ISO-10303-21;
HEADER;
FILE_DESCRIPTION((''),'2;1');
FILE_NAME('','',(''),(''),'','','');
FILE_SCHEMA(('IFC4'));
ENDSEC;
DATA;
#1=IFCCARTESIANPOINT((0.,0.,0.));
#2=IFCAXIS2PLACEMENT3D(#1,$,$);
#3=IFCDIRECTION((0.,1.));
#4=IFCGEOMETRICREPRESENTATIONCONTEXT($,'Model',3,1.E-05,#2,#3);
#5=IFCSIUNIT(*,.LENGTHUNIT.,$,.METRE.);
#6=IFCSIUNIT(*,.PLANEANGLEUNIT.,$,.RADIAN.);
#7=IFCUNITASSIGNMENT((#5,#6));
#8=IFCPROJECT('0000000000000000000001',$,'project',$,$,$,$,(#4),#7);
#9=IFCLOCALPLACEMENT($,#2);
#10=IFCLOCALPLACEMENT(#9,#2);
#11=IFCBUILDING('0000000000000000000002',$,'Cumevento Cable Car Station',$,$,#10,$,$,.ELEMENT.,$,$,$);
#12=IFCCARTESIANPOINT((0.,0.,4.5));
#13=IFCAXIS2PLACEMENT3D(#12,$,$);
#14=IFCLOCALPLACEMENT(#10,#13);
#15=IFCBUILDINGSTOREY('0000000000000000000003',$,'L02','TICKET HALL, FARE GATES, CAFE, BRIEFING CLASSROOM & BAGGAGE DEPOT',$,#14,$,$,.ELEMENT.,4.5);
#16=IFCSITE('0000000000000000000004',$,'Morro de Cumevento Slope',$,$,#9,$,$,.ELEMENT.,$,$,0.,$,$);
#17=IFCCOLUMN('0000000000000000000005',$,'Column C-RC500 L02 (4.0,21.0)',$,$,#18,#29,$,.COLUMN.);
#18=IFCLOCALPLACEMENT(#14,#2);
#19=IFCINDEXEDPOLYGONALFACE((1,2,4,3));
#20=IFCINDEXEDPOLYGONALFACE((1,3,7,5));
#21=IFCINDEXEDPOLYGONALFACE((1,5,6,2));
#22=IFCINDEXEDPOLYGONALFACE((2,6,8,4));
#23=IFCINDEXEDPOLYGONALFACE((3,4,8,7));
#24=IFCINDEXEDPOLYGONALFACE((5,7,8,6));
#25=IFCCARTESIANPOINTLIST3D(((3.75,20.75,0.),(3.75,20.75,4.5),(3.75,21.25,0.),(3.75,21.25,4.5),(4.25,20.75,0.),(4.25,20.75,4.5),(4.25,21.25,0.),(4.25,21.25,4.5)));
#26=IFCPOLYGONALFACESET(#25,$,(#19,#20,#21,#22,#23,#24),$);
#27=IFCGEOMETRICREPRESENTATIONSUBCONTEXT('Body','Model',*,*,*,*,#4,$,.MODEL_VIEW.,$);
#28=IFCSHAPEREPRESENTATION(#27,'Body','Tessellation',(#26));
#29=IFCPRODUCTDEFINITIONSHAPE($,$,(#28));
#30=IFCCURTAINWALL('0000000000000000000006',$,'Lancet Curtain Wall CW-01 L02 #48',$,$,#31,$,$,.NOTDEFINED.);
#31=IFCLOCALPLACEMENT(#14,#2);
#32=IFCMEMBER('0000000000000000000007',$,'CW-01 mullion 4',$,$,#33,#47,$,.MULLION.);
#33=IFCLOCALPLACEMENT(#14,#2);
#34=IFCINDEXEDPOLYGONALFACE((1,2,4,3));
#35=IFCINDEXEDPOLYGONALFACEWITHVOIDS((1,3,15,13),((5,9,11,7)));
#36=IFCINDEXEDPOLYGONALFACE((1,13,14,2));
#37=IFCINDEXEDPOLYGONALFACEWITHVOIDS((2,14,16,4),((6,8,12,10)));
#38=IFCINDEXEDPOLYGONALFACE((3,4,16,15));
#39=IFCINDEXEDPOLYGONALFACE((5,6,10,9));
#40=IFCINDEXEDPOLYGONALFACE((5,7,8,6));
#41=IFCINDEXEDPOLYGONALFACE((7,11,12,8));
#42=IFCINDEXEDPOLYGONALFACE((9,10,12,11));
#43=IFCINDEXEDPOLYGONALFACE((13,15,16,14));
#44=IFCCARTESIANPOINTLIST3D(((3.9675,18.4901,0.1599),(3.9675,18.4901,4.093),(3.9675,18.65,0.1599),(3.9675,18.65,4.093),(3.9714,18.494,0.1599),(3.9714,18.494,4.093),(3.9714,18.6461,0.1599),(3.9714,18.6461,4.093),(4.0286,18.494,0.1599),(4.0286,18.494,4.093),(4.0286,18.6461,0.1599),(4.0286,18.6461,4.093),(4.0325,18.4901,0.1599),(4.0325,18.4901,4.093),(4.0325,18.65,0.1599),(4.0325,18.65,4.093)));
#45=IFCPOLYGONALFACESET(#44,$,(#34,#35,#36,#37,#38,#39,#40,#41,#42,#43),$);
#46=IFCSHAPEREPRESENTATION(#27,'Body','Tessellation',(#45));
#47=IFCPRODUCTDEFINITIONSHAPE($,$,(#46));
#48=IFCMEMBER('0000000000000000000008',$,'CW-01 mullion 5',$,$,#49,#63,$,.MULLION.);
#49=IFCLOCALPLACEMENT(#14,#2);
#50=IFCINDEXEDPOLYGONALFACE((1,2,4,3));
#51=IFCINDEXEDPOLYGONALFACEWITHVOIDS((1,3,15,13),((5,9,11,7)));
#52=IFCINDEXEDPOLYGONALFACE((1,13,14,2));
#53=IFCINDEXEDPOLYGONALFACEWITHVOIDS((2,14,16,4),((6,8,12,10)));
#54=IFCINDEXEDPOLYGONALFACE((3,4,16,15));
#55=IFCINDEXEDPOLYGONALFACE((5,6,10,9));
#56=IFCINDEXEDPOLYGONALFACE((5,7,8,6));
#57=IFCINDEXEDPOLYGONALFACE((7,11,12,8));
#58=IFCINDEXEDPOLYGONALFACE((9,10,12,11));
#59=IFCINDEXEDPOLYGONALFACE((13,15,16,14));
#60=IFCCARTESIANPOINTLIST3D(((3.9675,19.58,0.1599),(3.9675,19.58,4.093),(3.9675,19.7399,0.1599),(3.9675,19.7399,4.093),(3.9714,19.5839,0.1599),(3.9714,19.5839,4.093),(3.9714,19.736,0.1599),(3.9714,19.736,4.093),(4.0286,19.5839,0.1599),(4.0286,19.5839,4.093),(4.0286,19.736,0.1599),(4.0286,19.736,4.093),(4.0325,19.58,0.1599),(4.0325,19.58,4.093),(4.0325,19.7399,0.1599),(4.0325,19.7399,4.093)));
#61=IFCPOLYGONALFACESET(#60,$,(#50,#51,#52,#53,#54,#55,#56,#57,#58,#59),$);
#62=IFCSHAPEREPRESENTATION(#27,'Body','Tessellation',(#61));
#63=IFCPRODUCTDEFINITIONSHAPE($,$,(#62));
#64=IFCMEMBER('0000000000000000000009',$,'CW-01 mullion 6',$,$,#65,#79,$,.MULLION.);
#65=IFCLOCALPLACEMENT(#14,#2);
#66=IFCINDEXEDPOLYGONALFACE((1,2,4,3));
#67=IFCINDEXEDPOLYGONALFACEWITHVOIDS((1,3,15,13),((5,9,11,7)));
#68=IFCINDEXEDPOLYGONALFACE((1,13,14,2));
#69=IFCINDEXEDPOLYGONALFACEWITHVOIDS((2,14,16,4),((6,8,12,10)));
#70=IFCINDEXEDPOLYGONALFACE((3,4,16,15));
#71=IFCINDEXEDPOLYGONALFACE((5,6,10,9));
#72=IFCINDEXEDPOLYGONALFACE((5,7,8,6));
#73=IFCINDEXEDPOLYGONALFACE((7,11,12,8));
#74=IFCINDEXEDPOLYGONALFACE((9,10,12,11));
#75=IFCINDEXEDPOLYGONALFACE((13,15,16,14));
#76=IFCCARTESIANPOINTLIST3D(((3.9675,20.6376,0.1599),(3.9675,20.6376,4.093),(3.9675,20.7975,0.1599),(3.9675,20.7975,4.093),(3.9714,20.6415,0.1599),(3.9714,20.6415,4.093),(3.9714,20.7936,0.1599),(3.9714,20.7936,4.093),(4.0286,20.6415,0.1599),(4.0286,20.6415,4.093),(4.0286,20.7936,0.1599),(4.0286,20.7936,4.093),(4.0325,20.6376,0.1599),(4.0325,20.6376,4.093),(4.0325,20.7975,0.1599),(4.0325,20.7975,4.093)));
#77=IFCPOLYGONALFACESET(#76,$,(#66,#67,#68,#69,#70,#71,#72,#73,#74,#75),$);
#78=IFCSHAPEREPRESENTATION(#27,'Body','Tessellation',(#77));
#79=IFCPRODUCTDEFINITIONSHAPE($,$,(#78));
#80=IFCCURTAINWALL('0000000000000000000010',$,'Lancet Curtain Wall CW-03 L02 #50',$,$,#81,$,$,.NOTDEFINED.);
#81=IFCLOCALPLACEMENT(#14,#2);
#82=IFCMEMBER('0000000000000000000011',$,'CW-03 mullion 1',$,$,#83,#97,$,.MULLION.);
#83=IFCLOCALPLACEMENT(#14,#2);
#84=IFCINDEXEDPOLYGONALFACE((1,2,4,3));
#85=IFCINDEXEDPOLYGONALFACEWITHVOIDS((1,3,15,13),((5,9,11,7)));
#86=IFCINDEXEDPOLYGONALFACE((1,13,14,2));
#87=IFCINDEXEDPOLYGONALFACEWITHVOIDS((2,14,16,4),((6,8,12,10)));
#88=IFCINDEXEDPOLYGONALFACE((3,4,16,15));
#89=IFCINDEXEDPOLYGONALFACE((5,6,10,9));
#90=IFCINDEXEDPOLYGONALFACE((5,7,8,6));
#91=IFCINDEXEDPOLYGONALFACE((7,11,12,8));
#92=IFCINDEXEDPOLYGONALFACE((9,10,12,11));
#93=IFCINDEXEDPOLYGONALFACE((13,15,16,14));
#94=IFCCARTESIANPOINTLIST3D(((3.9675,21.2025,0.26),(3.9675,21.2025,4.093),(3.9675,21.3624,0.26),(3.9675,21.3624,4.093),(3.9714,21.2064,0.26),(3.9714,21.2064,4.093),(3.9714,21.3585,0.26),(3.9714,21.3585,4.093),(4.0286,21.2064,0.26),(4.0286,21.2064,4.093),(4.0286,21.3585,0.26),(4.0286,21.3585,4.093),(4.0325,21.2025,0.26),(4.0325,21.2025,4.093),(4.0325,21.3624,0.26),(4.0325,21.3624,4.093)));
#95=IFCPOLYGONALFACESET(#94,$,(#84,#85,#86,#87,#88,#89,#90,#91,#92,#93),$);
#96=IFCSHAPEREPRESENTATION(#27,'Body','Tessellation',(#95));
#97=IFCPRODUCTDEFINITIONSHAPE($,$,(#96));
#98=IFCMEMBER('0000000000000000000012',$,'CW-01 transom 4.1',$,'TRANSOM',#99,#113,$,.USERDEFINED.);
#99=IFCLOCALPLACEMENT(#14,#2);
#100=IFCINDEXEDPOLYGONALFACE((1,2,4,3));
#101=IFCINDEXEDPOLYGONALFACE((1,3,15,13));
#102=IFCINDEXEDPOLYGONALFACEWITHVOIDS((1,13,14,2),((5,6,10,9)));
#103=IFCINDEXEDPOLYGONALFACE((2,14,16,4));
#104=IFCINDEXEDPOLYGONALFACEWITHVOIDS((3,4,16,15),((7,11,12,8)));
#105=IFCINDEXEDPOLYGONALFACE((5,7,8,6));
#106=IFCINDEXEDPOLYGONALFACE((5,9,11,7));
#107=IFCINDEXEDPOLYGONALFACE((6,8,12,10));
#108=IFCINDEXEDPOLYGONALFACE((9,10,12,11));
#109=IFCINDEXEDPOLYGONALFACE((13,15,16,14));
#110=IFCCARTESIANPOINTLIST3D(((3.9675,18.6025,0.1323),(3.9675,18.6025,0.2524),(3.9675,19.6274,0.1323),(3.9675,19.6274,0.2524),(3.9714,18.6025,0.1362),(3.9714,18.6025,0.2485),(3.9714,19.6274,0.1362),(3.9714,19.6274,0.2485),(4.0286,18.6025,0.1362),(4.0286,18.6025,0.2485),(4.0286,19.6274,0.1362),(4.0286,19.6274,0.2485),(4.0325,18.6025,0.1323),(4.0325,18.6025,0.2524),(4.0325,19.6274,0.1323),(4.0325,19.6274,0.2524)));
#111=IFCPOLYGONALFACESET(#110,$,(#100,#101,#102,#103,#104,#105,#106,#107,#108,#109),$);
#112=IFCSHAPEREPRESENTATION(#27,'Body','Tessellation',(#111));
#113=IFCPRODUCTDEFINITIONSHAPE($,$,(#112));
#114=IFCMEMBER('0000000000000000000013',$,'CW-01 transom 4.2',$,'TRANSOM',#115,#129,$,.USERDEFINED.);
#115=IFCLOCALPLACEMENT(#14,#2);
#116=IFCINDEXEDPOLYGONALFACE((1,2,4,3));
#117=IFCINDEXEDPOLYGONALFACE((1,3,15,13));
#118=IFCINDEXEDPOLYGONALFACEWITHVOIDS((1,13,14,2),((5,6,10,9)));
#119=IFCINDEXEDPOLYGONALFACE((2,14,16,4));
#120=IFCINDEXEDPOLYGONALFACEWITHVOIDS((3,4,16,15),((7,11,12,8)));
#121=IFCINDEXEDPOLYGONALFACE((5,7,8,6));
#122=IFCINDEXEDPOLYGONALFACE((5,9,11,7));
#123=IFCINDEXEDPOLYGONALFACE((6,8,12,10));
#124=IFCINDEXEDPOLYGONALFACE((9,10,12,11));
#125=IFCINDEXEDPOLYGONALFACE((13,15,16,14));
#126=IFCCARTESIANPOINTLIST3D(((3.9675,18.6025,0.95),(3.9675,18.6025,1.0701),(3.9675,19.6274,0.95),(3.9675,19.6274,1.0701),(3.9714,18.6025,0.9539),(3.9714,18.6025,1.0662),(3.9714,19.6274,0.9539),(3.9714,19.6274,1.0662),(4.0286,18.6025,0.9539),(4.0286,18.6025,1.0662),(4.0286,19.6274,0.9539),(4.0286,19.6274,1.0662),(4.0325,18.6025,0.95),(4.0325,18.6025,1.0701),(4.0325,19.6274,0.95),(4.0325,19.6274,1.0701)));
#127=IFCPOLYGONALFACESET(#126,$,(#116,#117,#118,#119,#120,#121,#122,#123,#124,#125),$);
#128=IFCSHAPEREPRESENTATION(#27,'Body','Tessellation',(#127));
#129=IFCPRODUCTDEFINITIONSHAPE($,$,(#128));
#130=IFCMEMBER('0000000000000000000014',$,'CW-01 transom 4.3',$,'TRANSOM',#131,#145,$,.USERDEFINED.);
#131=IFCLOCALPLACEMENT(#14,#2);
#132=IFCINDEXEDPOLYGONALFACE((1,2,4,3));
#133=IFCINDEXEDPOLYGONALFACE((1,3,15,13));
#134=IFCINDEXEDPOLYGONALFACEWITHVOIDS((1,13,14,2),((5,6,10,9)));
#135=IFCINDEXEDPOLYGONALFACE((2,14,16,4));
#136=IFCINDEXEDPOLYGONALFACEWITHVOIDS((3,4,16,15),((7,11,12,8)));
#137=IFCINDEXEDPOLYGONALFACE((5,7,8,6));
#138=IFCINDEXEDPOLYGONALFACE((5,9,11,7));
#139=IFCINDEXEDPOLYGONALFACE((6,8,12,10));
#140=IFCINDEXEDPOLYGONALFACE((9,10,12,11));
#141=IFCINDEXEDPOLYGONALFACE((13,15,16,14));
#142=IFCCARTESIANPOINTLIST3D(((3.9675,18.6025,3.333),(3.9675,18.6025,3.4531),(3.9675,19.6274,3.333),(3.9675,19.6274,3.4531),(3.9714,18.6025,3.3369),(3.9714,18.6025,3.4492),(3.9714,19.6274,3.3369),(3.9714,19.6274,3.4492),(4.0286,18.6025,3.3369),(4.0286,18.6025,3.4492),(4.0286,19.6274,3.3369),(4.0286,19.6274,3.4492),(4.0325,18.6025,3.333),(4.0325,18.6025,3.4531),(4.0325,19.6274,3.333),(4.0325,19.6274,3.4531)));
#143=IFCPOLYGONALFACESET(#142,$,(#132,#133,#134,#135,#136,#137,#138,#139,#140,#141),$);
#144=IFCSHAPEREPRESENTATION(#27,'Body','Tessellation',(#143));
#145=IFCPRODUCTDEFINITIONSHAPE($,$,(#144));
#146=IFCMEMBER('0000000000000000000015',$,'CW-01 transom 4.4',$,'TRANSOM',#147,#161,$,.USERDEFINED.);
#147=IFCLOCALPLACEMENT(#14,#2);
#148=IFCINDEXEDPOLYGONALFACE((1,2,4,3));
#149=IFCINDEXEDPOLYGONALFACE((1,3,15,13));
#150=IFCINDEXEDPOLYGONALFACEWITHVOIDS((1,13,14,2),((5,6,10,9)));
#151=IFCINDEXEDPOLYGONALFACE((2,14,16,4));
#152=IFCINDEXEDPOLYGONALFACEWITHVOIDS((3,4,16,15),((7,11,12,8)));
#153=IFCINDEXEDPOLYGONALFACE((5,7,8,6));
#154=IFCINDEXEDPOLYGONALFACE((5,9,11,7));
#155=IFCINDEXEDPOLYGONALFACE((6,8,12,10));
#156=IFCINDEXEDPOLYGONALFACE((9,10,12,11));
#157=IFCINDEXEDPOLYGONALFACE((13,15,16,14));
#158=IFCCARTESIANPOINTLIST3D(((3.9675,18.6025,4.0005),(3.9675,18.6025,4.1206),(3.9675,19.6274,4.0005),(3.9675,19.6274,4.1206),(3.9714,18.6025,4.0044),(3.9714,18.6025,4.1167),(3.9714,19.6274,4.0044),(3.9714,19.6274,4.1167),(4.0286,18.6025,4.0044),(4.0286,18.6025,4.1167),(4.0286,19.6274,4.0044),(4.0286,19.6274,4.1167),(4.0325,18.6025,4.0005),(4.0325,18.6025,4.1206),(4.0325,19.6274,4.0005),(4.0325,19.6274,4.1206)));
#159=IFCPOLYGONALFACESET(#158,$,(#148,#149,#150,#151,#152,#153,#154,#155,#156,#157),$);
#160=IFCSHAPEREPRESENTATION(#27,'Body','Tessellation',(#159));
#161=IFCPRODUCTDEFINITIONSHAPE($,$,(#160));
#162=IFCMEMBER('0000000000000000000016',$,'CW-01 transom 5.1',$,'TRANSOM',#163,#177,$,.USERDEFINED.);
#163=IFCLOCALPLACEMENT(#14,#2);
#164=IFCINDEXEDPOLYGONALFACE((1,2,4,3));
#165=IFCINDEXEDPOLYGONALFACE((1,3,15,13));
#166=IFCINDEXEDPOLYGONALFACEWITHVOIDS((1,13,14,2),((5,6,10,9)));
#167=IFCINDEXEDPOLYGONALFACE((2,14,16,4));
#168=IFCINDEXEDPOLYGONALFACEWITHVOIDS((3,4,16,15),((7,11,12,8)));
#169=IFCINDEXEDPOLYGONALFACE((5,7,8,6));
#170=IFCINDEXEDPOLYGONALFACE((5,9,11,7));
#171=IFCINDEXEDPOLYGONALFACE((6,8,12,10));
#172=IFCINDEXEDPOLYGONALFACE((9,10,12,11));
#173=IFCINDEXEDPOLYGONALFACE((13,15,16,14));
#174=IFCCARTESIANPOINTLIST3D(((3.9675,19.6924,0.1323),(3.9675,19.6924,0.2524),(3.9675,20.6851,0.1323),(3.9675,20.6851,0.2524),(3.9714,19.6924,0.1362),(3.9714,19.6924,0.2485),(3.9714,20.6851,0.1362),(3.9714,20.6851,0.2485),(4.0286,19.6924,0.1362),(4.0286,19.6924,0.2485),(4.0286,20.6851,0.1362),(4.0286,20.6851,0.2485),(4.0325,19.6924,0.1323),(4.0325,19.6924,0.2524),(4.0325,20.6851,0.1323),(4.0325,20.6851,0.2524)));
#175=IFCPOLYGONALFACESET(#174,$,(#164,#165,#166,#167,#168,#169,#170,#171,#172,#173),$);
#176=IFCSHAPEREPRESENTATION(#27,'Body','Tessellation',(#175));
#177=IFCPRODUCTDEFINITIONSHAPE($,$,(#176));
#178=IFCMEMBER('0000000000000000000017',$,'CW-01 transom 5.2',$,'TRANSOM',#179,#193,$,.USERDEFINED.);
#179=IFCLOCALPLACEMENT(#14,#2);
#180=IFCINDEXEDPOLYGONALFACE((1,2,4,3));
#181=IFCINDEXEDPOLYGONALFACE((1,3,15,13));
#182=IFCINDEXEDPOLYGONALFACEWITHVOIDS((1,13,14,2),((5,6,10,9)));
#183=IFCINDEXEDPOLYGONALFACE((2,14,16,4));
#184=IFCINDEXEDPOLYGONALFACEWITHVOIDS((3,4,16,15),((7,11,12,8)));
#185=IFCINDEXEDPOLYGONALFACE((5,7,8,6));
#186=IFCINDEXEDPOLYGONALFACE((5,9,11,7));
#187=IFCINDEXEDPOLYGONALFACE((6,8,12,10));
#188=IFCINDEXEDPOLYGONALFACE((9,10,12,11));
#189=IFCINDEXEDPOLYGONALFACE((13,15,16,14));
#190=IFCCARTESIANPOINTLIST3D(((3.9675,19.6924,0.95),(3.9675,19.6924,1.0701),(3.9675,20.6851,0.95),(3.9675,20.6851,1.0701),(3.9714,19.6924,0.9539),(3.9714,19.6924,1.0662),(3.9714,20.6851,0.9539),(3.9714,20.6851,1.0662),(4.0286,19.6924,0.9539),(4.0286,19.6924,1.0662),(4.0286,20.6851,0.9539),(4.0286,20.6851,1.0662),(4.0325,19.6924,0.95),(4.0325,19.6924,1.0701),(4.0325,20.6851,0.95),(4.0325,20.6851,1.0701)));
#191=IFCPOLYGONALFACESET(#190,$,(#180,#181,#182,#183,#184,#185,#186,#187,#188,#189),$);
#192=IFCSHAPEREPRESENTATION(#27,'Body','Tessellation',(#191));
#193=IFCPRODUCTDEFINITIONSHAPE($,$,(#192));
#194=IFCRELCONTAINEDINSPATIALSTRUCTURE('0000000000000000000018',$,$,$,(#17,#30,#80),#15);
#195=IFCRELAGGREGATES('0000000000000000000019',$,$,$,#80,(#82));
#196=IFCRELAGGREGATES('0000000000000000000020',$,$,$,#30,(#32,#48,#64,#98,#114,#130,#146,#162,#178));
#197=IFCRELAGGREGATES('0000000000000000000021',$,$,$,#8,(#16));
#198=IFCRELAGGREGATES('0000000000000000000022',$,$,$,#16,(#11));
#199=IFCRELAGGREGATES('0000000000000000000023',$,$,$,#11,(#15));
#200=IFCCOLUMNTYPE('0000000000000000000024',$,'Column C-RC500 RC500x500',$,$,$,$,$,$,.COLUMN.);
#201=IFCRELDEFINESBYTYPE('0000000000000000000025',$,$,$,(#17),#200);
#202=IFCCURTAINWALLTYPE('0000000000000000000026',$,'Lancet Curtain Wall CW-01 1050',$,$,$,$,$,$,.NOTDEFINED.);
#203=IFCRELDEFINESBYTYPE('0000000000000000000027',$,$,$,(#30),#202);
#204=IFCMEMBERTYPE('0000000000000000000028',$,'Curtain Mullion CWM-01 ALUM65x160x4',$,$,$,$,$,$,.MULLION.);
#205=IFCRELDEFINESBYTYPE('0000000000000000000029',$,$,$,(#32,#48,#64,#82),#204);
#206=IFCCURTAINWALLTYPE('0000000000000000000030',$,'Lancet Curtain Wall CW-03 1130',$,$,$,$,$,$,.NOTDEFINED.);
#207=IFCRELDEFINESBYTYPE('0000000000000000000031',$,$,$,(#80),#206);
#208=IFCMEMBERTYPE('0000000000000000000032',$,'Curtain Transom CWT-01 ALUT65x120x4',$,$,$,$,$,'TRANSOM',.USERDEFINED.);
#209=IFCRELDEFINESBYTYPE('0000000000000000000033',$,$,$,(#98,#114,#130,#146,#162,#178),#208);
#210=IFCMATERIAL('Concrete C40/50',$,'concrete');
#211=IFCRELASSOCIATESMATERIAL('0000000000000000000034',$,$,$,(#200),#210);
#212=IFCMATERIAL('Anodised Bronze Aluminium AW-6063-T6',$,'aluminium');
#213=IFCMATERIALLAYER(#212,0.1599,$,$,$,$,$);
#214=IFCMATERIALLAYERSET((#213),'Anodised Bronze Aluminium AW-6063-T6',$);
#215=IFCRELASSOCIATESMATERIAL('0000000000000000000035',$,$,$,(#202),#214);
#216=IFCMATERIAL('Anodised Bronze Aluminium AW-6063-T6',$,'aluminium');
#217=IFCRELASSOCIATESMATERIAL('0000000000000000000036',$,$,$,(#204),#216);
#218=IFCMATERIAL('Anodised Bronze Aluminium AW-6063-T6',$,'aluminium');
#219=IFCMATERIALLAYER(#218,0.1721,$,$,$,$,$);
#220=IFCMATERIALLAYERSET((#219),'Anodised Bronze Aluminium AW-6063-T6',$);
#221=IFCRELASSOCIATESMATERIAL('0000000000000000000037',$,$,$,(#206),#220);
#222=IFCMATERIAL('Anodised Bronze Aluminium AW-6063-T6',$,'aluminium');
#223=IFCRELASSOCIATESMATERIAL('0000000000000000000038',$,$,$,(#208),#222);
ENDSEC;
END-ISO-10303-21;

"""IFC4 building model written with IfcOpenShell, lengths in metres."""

from ifc_helpers import new_model, si_unit, direction, frame, origin, origin_2d, place, context, subcontext, project, spatial, rectangle, hollow_rectangle, extrude, material, layer, layer_set, material_profile, profile_set, type_object, element, aggregate, save


model = new_model("IFC4")

# Units and contexts
model_context = context("Model", 3, precision=1e-05, world=origin(), true_north=direction((0.0, 1.0)))
body_context = subcontext(model_context, "Body", "Model", "MODEL_VIEW")
ifc_project = project(units=[si_unit("LENGTHUNIT", "METRE"), si_unit("PLANEANGLEUNIT", "RADIAN")], contexts=[model_context])

# Site, building, storey
site_placement = place(None, origin())
site = spatial("IfcSite", under=ifc_project, at=site_placement, Name="Morro de Cumevento Slope", CompositionType="ELEMENT", RefElevation=0.0)
building_placement = place(site_placement, origin())
building = spatial("IfcBuilding", under=site, at=building_placement, Name="Cumevento Cable Car Station", CompositionType="ELEMENT")
storey_placement = place(building_placement, frame((0.0, 0.0, 4.5)))
storey = spatial("IfcBuildingStorey", under=building, at=storey_placement, Name="L02", Description="TICKET HALL, FARE GATES, CAFE, BRIEFING CLASSROOM & BAGGAGE DEPOT", CompositionType="ELEMENT", Elevation=4.5)

# Column
ifc_material_1 = material(Name="Concrete C40/50", Category="concrete")
ifc_material_profile_1 = material_profile(ifc_material_1, rectangle(XDim=0.5, YDim=0.5, at=origin_2d()), Name="RC500x500")
ifc_profile_set_1 = profile_set([ifc_material_profile_1], Name="Concrete C40/50")
column_type = type_object("IfcColumnType", Name="Column C-RC500 RC500x500", PredefinedType="COLUMN", material=ifc_profile_set_1)
column_placement = place(storey_placement, frame((4.0, 21.0, 0.0), z_axis=(0.0, 0.0, 1.0), x_axis=(1.0, 0.0, 0.0)))
element("IfcColumn", 1, at=column_placement, inside=storey, type_object=column_type, Name="Column C-RC500 L02 (4.0,21.0)", PredefinedType="COLUMN", context=body_context, shape_type="SweptSolid", body=[
    extrude(rectangle(XDim=0.5, YDim=0.5, at=origin_2d()), origin(), (0.0, 0.0, 1.0), 4.5),
])

# Curtain wall, members
ifc_material_2 = material(Name="Anodised Bronze Aluminium AW-6063-T6", Category="aluminium")
ifc_layer_1 = layer(ifc_material_2, 0.1599)
ifc_layer_set_1 = layer_set([ifc_layer_1], Name="Anodised Bronze Aluminium AW-6063-T6")
curtain_wall_type_1 = type_object("IfcCurtainWallType", Name="Lancet Curtain Wall CW-01 1050", PredefinedType="NOTDEFINED", material=ifc_layer_set_1)
curtain_wall_1_placement = place(storey_placement, origin())
curtain_wall_1 = element("IfcCurtainWall", 2, at=curtain_wall_1_placement, inside=storey, type_object=curtain_wall_type_1, Name="Lancet Curtain Wall CW-01 L02 #48", PredefinedType="NOTDEFINED")
ifc_material_3 = material(Name="Anodised Bronze Aluminium AW-6063-T6", Category="aluminium")
ifc_material_profile_2 = material_profile(ifc_material_3, hollow_rectangle(XDim=0.0649, YDim=0.1599, WallThickness=0.0039, at=origin_2d()), Name="ALUM65x160x4")
ifc_profile_set_2 = profile_set([ifc_material_profile_2], Name="Anodised Bronze Aluminium AW-6063-T6")
member_type_1 = type_object("IfcMemberType", Name="Curtain Mullion CWM-01 ALUM65x160x4", PredefinedType="MULLION", material=ifc_profile_set_2)
member_1_placement = place(storey_placement, frame((4.0, 18.5701, 0.1599), z_axis=(0.0, 0.0, 1.0), x_axis=(-1.0, 0.0, 0.0)))
member_1 = element("IfcMember", 3, at=member_1_placement, type_object=member_type_1, Name="CW-01 mullion 4", PredefinedType="MULLION", context=body_context, shape_type="SweptSolid", body=[
    extrude(hollow_rectangle(XDim=0.0649, YDim=0.1599, WallThickness=0.0039, at=origin_2d()), origin(), (0.0, 0.0, 1.0), 3.9331),
])
member_2_placement = place(storey_placement, frame((4.0, 19.6599, 0.1599), z_axis=(0.0, 0.0, 1.0), x_axis=(-1.0, 0.0, 0.0)))
member_2 = element("IfcMember", 4, at=member_2_placement, type_object=member_type_1, Name="CW-01 mullion 5", PredefinedType="MULLION", context=body_context, shape_type="SweptSolid", body=[
    extrude(hollow_rectangle(XDim=0.0649, YDim=0.1599, WallThickness=0.0039, at=origin_2d()), origin(), (0.0, 0.0, 1.0), 3.9331),
])
member_3_placement = place(storey_placement, frame((4.0, 20.7175, 0.1599), z_axis=(0.0, 0.0, 1.0), x_axis=(-1.0, 0.0, 0.0)))
member_3 = element("IfcMember", 5, at=member_3_placement, type_object=member_type_1, Name="CW-01 mullion 6", PredefinedType="MULLION", context=body_context, shape_type="SweptSolid", body=[
    extrude(hollow_rectangle(XDim=0.0649, YDim=0.1599, WallThickness=0.0039, at=origin_2d()), origin(), (0.0, 0.0, 1.0), 3.9331),
])

# Curtain wall, member
ifc_material_4 = material(Name="Anodised Bronze Aluminium AW-6063-T6", Category="aluminium")
ifc_layer_2 = layer(ifc_material_4, 0.1721)
ifc_layer_set_2 = layer_set([ifc_layer_2], Name="Anodised Bronze Aluminium AW-6063-T6")
curtain_wall_type_2 = type_object("IfcCurtainWallType", Name="Lancet Curtain Wall CW-03 1130", PredefinedType="NOTDEFINED", material=ifc_layer_set_2)
curtain_wall_2_placement = place(storey_placement, origin())
curtain_wall_2 = element("IfcCurtainWall", 6, at=curtain_wall_2_placement, inside=storey, type_object=curtain_wall_type_2, Name="Lancet Curtain Wall CW-03 L02 #50", PredefinedType="NOTDEFINED")
member_4_placement = place(storey_placement, frame((4.0, 21.2825, 0.26), z_axis=(0.0, 0.0, 1.0), x_axis=(-1.0, 0.0, 0.0)))
member_4 = element("IfcMember", 7, at=member_4_placement, type_object=member_type_1, Name="CW-03 mullion 1", PredefinedType="MULLION", context=body_context, shape_type="SweptSolid", body=[
    extrude(hollow_rectangle(XDim=0.0649, YDim=0.1599, WallThickness=0.0039, at=origin_2d()), origin(), (0.0, 0.0, 1.0), 3.833),
])

# Members
ifc_material_5 = material(Name="Anodised Bronze Aluminium AW-6063-T6", Category="aluminium")
ifc_material_profile_3 = material_profile(ifc_material_5, hollow_rectangle(XDim=0.0649, YDim=0.1201, WallThickness=0.0039, at=origin_2d()), Name="ALUT65x120x4")
ifc_profile_set_3 = profile_set([ifc_material_profile_3], Name="Anodised Bronze Aluminium AW-6063-T6")
member_type_2 = type_object("IfcMemberType", Name="Curtain Transom CWT-01 ALUT65x120x4", ElementType="TRANSOM", PredefinedType="USERDEFINED", material=ifc_profile_set_3)
member_5_placement = place(storey_placement, frame((4.0, 18.6025, 0.1924), z_axis=(0.0, 1.0, 0.0), x_axis=(-1.0, 0.0, 0.0)))
member_5 = element("IfcMember", 8, at=member_5_placement, type_object=member_type_2, Name="CW-01 transom 4.1", ObjectType="TRANSOM", PredefinedType="USERDEFINED", context=body_context, shape_type="SweptSolid", body=[
    extrude(hollow_rectangle(XDim=0.0649, YDim=0.1201, WallThickness=0.0039, at=origin_2d()), origin(), (0.0, 0.0, 1.0), 1.0249),
])
member_6_placement = place(storey_placement, frame((4.0, 18.6025, 1.01), z_axis=(0.0, 1.0, 0.0), x_axis=(-1.0, 0.0, 0.0)))
member_6 = element("IfcMember", 9, at=member_6_placement, type_object=member_type_2, Name="CW-01 transom 4.2", ObjectType="TRANSOM", PredefinedType="USERDEFINED", context=body_context, shape_type="SweptSolid", body=[
    extrude(hollow_rectangle(XDim=0.0649, YDim=0.1201, WallThickness=0.0039, at=origin_2d()), origin(), (0.0, 0.0, 1.0), 1.0249),
])
member_7_placement = place(storey_placement, frame((4.0, 18.6025, 3.3931), z_axis=(0.0, 1.0, 0.0), x_axis=(-1.0, 0.0, 0.0)))
member_7 = element("IfcMember", 10, at=member_7_placement, type_object=member_type_2, Name="CW-01 transom 4.3", ObjectType="TRANSOM", PredefinedType="USERDEFINED", context=body_context, shape_type="SweptSolid", body=[
    extrude(hollow_rectangle(XDim=0.0649, YDim=0.1201, WallThickness=0.0039, at=origin_2d()), origin(), (0.0, 0.0, 1.0), 1.0249),
])
member_8_placement = place(storey_placement, frame((4.0, 18.6025, 4.0605), z_axis=(0.0, 1.0, 0.0), x_axis=(-1.0, 0.0, 0.0)))
member_8 = element("IfcMember", 11, at=member_8_placement, type_object=member_type_2, Name="CW-01 transom 4.4", ObjectType="TRANSOM", PredefinedType="USERDEFINED", context=body_context, shape_type="SweptSolid", body=[
    extrude(hollow_rectangle(XDim=0.0649, YDim=0.1201, WallThickness=0.0039, at=origin_2d()), origin(), (0.0, 0.0, 1.0), 1.0249),
])
member_9_placement = place(storey_placement, frame((4.0, 19.6924, 0.1924), z_axis=(0.0, 1.0, 0.0), x_axis=(-1.0, 0.0, 0.0)))
member_9 = element("IfcMember", 12, at=member_9_placement, type_object=member_type_2, Name="CW-01 transom 5.1", ObjectType="TRANSOM", PredefinedType="USERDEFINED", context=body_context, shape_type="SweptSolid", body=[
    extrude(hollow_rectangle(XDim=0.0649, YDim=0.1201, WallThickness=0.0039, at=origin_2d()), origin(), (0.0, 0.0, 1.0), 0.9927),
])
member_10_placement = place(storey_placement, frame((4.0, 19.6924, 1.01), z_axis=(0.0, 1.0, 0.0), x_axis=(-1.0, 0.0, 0.0)))
member_10 = element("IfcMember", 13, at=member_10_placement, type_object=member_type_2, Name="CW-01 transom 5.2", ObjectType="TRANSOM", PredefinedType="USERDEFINED", context=body_context, shape_type="SweptSolid", body=[
    extrude(hollow_rectangle(XDim=0.0649, YDim=0.1201, WallThickness=0.0039, at=origin_2d()), origin(), (0.0, 0.0, 1.0), 0.9927),
])
aggregate(curtain_wall_2, [member_4])

aggregate(curtain_wall_1, [member_1, member_2, member_3, member_5, member_6, member_7, member_8, member_9, member_10])

save(model, "model.ifc")
